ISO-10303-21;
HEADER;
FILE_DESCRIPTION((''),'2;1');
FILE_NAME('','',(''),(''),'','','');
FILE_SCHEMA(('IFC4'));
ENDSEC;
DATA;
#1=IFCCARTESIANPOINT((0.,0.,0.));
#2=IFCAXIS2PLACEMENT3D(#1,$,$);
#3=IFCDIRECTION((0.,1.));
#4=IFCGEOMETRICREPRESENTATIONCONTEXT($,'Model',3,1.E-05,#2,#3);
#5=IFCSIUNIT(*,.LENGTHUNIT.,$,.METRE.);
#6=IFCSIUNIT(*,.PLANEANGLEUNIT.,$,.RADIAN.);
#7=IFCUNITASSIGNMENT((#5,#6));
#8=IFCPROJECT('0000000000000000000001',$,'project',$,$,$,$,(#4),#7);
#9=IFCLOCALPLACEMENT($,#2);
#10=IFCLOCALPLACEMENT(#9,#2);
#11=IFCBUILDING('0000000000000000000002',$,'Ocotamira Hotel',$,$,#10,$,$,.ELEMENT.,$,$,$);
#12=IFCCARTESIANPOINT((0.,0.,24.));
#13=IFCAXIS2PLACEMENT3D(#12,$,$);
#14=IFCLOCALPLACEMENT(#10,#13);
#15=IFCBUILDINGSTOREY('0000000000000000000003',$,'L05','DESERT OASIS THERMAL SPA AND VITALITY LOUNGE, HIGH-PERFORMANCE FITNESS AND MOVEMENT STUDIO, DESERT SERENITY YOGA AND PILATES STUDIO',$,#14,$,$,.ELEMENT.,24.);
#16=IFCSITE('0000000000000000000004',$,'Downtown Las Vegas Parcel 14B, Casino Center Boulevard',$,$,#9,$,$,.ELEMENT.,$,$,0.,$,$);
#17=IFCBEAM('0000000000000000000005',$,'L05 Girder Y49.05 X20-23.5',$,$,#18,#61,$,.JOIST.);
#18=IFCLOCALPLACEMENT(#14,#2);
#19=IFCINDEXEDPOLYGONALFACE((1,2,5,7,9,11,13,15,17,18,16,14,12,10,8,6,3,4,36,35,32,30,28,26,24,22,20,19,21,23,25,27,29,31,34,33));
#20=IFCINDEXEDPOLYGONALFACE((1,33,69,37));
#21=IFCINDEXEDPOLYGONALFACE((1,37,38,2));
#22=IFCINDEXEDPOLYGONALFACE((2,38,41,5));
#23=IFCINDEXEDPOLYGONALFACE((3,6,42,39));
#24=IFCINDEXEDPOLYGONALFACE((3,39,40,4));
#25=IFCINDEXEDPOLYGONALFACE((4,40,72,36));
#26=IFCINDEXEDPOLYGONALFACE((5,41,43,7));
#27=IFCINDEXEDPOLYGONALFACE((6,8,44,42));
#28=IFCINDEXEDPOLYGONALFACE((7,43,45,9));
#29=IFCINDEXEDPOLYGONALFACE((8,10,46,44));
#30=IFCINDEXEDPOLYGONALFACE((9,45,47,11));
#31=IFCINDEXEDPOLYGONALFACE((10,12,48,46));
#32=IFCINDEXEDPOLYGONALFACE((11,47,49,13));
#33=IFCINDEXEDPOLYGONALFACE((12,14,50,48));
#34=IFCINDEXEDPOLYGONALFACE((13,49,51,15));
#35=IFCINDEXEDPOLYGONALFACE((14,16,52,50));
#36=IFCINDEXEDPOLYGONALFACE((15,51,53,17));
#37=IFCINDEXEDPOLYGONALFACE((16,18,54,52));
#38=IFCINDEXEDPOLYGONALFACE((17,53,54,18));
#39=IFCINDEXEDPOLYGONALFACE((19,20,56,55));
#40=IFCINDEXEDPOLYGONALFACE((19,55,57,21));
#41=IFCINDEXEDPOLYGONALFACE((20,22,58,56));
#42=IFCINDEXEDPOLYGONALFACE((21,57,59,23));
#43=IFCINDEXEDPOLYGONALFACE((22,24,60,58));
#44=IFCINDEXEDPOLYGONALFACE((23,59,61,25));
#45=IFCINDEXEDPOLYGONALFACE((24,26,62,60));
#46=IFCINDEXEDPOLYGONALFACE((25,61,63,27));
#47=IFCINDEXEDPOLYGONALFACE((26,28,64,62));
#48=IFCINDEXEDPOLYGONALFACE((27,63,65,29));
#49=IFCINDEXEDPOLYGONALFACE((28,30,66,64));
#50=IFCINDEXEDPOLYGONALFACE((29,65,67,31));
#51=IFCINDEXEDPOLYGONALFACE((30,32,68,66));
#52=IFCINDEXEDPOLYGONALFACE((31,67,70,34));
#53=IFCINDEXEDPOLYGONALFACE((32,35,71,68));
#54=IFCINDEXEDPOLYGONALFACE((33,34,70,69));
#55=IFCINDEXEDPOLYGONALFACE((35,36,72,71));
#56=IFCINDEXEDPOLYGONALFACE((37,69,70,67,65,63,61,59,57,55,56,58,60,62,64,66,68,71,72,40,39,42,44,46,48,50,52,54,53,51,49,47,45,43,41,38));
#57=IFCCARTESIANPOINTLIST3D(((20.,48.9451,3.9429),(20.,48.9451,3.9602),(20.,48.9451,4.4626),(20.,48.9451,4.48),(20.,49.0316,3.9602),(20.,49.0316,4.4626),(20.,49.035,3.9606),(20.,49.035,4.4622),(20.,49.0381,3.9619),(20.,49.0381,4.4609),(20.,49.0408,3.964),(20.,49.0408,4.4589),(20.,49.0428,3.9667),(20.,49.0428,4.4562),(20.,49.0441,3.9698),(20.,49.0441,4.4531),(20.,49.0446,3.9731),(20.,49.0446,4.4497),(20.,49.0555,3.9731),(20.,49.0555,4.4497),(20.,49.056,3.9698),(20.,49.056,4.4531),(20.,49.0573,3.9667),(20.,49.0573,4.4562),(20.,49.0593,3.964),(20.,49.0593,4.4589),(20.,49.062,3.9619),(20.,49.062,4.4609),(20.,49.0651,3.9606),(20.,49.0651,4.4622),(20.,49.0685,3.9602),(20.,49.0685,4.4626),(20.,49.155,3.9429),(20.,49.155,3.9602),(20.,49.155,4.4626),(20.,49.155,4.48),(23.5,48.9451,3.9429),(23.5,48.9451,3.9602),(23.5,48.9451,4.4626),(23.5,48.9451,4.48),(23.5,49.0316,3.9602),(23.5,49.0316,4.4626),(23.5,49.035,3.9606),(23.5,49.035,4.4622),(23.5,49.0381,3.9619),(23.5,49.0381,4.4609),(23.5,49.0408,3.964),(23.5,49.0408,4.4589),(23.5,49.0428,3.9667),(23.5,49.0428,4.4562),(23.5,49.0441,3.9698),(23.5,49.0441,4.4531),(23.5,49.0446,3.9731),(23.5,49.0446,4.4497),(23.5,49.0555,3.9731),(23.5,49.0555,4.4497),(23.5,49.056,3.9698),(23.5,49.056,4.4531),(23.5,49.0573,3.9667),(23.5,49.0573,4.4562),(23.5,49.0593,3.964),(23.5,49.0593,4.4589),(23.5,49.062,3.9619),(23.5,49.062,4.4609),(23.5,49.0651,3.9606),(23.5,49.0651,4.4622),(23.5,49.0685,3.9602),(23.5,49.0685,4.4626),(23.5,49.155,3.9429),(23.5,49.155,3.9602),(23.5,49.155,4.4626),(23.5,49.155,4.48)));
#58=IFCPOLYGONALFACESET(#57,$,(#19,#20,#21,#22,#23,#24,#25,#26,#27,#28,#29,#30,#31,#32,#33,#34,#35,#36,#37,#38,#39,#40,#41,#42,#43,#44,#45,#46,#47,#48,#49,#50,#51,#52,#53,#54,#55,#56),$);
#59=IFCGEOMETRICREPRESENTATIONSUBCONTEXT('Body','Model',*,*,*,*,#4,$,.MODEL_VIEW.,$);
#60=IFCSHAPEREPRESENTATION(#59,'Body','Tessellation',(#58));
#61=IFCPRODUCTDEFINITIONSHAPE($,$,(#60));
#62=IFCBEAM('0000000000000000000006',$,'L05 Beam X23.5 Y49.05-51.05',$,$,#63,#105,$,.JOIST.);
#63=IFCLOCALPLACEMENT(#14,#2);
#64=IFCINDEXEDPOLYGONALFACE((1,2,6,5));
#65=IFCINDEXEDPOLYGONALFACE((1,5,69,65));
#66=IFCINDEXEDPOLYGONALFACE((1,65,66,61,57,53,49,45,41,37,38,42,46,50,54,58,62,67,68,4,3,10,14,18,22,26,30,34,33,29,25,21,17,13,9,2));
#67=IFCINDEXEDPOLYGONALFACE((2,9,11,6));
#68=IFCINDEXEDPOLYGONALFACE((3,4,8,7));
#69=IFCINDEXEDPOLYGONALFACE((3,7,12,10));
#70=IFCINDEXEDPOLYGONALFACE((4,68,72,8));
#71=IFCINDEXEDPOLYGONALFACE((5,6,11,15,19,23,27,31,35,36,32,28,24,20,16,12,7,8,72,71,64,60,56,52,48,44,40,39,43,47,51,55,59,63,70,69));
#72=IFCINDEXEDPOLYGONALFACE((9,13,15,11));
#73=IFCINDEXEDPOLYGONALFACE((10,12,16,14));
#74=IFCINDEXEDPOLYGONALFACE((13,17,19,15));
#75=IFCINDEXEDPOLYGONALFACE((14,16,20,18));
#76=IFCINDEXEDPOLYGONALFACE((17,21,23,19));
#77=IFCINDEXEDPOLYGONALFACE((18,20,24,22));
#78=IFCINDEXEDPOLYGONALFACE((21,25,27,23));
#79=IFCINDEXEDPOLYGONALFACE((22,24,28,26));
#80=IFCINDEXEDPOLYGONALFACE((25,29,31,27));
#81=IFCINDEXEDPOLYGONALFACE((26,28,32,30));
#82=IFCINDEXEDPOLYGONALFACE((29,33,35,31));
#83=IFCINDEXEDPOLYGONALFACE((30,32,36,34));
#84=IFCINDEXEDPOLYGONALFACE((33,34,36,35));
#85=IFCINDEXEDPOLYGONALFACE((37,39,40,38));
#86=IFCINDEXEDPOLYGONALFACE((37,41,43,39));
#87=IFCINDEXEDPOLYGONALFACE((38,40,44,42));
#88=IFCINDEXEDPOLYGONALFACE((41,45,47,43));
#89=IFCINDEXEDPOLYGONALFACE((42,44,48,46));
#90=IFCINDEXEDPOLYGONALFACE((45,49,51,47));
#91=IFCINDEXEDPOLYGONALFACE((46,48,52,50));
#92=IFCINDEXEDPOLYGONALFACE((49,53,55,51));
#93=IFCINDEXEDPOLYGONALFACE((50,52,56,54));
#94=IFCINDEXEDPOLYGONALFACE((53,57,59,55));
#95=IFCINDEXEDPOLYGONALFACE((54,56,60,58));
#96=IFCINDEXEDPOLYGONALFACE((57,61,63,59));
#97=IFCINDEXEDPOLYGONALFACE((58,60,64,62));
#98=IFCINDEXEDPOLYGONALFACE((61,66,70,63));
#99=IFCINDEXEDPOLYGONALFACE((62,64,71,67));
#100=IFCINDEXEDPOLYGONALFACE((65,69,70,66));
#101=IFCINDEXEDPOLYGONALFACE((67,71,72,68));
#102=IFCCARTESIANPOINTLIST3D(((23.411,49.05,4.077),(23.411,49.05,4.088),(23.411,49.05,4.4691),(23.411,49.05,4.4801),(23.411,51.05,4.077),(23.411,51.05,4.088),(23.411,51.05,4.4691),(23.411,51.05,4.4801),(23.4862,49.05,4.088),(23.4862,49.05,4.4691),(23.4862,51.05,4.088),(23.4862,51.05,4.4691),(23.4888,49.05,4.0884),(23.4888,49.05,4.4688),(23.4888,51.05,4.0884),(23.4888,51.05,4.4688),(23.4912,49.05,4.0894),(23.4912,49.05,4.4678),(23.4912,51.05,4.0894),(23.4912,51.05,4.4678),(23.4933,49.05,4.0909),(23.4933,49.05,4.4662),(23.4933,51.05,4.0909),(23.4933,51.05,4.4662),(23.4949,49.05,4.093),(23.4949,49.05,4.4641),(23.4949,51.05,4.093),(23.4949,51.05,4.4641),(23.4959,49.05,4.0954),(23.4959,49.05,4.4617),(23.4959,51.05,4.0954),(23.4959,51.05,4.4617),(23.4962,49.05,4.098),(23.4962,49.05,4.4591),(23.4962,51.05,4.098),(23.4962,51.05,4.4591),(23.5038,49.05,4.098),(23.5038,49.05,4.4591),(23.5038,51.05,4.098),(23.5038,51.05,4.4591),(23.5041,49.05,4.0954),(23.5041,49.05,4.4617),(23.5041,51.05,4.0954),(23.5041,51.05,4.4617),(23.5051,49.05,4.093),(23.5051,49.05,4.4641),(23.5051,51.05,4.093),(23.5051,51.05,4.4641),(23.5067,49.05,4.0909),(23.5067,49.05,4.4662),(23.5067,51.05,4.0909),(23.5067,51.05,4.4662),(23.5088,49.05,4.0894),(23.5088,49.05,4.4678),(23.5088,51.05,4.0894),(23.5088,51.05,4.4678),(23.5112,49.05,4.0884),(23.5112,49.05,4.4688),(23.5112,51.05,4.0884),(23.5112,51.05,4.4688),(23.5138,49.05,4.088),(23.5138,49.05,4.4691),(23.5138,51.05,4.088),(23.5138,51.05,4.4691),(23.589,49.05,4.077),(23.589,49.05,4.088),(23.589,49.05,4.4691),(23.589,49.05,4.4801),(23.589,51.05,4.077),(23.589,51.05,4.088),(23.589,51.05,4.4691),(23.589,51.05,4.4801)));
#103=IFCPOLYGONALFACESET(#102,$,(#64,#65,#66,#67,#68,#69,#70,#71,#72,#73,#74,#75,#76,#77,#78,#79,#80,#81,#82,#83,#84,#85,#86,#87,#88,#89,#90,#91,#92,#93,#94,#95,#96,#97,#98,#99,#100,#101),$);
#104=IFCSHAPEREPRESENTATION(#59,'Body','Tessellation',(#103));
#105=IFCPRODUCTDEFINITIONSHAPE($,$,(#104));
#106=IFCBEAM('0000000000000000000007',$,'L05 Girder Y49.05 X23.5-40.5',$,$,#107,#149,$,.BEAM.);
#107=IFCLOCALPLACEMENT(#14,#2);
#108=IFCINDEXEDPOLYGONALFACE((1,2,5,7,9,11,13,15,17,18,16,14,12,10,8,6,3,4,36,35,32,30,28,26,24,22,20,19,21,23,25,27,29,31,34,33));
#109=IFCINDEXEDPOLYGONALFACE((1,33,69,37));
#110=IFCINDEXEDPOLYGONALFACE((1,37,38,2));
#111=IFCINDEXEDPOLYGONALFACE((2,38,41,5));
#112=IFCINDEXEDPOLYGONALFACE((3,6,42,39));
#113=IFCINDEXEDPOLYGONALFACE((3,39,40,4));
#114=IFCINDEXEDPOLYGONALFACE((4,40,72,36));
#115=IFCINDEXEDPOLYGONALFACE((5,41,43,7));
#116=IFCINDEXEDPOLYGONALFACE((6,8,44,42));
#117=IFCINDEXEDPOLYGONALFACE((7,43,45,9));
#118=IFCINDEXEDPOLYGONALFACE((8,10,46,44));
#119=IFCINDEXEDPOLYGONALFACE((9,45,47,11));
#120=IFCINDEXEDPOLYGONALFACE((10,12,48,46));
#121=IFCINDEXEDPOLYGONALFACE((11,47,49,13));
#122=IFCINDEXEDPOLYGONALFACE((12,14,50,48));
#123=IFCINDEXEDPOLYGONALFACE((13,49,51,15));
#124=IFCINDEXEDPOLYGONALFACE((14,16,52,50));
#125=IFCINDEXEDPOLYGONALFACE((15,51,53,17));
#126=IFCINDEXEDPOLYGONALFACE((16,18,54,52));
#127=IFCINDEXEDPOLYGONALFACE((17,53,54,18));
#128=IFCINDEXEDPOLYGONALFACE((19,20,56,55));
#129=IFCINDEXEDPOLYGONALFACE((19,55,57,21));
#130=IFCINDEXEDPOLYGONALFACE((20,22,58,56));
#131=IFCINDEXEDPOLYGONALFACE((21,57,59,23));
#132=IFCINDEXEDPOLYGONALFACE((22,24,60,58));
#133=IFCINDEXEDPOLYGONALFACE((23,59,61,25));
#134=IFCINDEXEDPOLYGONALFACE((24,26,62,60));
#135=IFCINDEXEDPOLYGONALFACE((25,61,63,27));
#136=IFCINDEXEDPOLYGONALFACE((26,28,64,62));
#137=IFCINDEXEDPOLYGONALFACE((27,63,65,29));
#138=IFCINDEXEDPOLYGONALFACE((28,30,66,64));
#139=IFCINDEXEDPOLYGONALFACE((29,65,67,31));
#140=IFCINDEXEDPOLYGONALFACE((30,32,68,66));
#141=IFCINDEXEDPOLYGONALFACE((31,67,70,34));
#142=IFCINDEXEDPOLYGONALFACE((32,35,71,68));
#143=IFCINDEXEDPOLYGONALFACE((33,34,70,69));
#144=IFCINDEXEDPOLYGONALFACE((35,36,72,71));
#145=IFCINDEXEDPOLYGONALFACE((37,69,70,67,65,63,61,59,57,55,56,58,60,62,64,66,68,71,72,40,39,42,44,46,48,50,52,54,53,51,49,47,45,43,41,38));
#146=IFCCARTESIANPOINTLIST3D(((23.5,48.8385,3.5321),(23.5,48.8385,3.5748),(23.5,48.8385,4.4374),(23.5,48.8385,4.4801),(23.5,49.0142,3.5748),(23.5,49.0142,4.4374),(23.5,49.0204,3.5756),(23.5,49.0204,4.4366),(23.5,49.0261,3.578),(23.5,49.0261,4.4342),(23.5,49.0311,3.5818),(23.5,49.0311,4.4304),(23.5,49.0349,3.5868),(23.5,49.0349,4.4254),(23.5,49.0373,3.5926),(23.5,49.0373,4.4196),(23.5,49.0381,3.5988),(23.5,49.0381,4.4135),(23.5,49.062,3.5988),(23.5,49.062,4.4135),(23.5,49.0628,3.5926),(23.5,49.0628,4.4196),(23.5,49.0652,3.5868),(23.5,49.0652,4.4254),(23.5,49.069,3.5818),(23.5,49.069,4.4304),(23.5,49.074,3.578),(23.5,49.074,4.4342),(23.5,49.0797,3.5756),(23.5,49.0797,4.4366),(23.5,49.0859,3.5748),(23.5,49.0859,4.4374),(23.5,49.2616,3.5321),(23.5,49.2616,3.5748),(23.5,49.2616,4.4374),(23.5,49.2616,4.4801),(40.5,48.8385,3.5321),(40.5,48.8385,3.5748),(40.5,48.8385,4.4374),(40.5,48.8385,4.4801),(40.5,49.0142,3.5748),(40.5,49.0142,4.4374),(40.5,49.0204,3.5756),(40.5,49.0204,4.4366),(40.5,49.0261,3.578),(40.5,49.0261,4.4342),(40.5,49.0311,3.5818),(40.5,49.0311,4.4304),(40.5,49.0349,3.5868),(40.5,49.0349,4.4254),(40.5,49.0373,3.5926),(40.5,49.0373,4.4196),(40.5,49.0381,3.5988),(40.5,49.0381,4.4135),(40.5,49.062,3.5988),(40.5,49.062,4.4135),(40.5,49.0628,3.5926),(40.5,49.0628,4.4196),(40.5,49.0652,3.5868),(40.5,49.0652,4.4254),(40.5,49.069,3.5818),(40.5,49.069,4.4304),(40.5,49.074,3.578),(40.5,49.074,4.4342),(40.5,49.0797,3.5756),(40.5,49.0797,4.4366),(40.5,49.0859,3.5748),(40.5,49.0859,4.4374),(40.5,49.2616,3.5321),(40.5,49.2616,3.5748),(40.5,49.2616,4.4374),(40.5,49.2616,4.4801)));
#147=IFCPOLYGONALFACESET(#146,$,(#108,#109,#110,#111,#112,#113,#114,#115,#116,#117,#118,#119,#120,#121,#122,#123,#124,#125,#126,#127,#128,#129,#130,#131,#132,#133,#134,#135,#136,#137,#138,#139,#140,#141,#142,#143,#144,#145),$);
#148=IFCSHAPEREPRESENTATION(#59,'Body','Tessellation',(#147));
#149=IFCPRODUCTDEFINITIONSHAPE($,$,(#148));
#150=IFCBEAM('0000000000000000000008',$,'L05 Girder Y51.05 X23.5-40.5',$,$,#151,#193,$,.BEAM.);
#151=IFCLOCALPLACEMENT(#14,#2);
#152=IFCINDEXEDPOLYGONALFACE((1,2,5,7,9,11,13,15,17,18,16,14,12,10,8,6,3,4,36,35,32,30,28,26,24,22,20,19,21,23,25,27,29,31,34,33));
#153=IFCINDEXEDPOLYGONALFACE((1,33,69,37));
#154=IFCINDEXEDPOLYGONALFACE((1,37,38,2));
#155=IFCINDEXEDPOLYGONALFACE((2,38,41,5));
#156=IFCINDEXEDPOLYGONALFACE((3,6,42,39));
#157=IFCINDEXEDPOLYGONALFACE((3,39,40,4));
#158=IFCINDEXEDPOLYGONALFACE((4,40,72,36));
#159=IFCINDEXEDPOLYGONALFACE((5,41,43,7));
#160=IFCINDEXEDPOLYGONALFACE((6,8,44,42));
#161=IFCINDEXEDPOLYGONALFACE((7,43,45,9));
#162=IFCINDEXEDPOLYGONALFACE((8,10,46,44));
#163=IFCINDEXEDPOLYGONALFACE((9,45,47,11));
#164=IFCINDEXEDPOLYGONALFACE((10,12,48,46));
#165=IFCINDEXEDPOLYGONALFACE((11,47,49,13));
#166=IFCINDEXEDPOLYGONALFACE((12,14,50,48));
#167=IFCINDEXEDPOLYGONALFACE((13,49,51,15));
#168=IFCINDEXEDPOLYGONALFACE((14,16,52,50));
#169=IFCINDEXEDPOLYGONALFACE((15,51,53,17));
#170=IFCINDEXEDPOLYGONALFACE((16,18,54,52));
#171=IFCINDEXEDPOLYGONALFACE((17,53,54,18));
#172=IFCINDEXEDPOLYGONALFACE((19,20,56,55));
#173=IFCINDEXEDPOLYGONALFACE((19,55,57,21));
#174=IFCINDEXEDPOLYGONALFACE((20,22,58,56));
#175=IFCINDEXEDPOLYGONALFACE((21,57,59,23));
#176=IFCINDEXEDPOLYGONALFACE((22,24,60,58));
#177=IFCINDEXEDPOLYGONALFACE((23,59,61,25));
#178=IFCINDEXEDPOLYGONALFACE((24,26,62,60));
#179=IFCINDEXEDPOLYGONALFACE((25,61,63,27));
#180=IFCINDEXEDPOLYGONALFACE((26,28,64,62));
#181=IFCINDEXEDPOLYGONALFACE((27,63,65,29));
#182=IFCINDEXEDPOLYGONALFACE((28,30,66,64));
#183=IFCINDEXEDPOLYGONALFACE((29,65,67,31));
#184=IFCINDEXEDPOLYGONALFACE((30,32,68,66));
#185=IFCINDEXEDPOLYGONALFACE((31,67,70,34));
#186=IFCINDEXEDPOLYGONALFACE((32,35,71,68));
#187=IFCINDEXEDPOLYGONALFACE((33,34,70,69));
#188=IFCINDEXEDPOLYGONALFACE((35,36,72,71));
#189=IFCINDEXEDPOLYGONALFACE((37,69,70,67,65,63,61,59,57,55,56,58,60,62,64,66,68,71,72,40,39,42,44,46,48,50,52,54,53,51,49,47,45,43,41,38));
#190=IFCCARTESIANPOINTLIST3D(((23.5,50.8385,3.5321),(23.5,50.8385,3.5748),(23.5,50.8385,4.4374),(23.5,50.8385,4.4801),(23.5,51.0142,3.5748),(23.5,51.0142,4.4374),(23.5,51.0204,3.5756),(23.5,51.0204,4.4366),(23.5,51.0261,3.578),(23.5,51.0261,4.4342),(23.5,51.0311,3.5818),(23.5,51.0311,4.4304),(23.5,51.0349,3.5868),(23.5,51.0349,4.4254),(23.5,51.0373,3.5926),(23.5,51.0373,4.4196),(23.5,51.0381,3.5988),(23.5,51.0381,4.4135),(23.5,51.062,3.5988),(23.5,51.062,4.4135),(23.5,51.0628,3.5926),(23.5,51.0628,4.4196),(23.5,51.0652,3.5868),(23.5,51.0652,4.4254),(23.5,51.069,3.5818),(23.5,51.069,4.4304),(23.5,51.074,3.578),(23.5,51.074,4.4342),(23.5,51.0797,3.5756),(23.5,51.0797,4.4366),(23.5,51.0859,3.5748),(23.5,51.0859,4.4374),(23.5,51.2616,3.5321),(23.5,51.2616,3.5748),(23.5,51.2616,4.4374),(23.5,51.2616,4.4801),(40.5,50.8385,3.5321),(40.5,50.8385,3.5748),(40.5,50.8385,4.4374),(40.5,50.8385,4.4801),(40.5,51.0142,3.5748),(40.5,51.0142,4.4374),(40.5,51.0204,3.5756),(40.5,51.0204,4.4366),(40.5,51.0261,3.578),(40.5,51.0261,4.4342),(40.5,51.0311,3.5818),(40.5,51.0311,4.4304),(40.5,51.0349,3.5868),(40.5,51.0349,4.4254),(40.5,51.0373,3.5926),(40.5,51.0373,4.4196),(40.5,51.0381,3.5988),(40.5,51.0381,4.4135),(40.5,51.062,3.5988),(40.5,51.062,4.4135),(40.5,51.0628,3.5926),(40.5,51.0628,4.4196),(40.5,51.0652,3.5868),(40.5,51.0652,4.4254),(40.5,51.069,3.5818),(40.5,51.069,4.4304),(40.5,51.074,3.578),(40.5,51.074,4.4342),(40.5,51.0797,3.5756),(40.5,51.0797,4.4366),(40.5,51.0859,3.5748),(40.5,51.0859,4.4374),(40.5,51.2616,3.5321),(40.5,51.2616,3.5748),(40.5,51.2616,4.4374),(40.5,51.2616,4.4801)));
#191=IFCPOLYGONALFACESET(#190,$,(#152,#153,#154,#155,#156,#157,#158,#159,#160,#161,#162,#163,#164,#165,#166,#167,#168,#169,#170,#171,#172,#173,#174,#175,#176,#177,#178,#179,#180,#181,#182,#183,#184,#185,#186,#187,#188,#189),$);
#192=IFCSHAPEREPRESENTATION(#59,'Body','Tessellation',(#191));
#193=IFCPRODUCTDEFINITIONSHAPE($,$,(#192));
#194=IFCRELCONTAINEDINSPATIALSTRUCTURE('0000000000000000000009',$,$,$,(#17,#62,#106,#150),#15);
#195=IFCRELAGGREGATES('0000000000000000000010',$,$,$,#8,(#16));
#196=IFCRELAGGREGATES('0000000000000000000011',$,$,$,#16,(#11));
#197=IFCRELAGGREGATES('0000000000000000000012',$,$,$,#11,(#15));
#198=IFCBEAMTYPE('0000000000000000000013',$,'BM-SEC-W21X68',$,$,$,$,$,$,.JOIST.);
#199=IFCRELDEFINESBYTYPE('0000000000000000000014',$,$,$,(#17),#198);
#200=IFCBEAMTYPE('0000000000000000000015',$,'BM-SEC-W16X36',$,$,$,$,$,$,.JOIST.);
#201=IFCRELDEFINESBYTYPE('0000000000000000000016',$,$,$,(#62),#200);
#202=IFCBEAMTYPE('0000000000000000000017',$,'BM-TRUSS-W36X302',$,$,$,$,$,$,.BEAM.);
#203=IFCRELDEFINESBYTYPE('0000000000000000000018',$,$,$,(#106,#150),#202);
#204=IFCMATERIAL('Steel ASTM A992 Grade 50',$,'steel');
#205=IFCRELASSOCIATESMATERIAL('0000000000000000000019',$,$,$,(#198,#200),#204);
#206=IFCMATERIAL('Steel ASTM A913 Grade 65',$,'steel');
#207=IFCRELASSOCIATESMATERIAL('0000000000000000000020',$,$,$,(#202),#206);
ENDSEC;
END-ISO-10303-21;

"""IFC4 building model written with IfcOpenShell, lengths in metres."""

from ifc_helpers import new_model, si_unit, direction, frame, origin, origin_2d, place, context, subcontext, project, spatial, i_section, extrude, source, transform, mapped, material, material_profile, profile_set, type_object, element, save


model = new_model("IFC4")

# Units and contexts
model_context = context("Model", 3, precision=1e-05, world=origin(), true_north=direction((0.0, 1.0)))
body_context = subcontext(model_context, "Body", "Model", "MODEL_VIEW")
ifc_project = project(units=[si_unit("LENGTHUNIT", "METRE"), si_unit("PLANEANGLEUNIT", "RADIAN")], contexts=[model_context])

# Site, building, storey
site_placement = place(None, origin())
site = spatial("IfcSite", under=ifc_project, at=site_placement, Name="Downtown Las Vegas Parcel 14B, Casino Center Boulevard", CompositionType="ELEMENT", RefElevation=0.0)
building_placement = place(site_placement, origin())
building = spatial("IfcBuilding", under=site, at=building_placement, Name="Ocotamira Hotel", CompositionType="ELEMENT")
storey_placement = place(building_placement, frame((0.0, 0.0, 24.0)))
storey = spatial("IfcBuildingStorey", under=building, at=storey_placement, Name="L05", Description="DESERT OASIS THERMAL SPA AND VITALITY LOUNGE, HIGH-PERFORMANCE FITNESS AND MOVEMENT STUDIO, DESERT SERENITY YOGA AND PILATES STUDIO", CompositionType="ELEMENT", Elevation=24.0)

# Beams
ifc_material_1 = material(Name="Steel ASTM A992 Grade 50", Category="steel")
ifc_material_profile_1 = material_profile(ifc_material_1, i_section(OverallWidth=0.21, OverallDepth=0.5371, WebThickness=0.011, FlangeThickness=0.0173, FilletRadius=0.0129, at=origin_2d()), Name="W21X68")
ifc_profile_set_1 = profile_set([ifc_material_profile_1], Name="Steel ASTM A992 Grade 50")
beam_type_1 = type_object("IfcBeamType", Name="BM-SEC-W21X68", PredefinedType="JOIST", material=ifc_profile_set_1)
shared_shape_1 = source(origin(), body_context, "Body", "SweptSolid", [
    extrude(i_section(OverallWidth=0.21, OverallDepth=0.5371, WebThickness=0.011, FlangeThickness=0.0173, FilletRadius=0.0129, at=origin_2d()), origin(), (0.0, 0.0, 1.0), 3.5),
])
beam_1_placement = place(storey_placement, frame((20.0, 49.05, 4.2114), z_axis=(1.0, 0.0, 0.0), x_axis=(0.0, 1.0, 0.0)))
element("IfcBeam", 1, at=beam_1_placement, inside=storey, type_object=beam_type_1, Name="L05 Girder Y49.05 X20-23.5", PredefinedType="JOIST", context=body_context, shape_type="MappedRepresentation", body=[
    mapped(shared_shape_1, transform((0.0, 0.0, 0.0), scale=1.0)),
])
ifc_material_profile_2 = material_profile(ifc_material_1, i_section(OverallWidth=0.178, OverallDepth=0.4031, WebThickness=0.0076, FlangeThickness=0.011, FilletRadius=0.01, at=origin_2d()), Name="W16X36")
ifc_profile_set_2 = profile_set([ifc_material_profile_2], Name="Steel ASTM A992 Grade 50")
beam_type_2 = type_object("IfcBeamType", Name="BM-SEC-W16X36", PredefinedType="JOIST", material=ifc_profile_set_2)
shared_shape_2 = source(origin(), body_context, "Body", "SweptSolid", [
    extrude(i_section(OverallWidth=0.178, OverallDepth=0.4031, WebThickness=0.0076, FlangeThickness=0.011, FilletRadius=0.01, at=origin_2d()), origin(), (0.0, 0.0, 1.0), 2.0),
])
beam_2_placement = place(storey_placement, frame((23.5, 49.05, 4.2786), z_axis=(0.0, 1.0, 0.0), x_axis=(-1.0, 0.0, 0.0)))
element("IfcBeam", 2, at=beam_2_placement, inside=storey, type_object=beam_type_2, Name="L05 Beam X23.5 Y49.05-51.05", PredefinedType="JOIST", context=body_context, shape_type="MappedRepresentation", body=[
    mapped(shared_shape_2, transform((0.0, 0.0, 0.0), scale=1.0)),
])
ifc_material_2 = material(Name="Steel ASTM A913 Grade 65", Category="steel")
ifc_material_profile_3 = material_profile(ifc_material_2, i_section(OverallWidth=0.4231, OverallDepth=0.948, WebThickness=0.0239, FlangeThickness=0.0427, FilletRadius=0.0239, at=origin_2d()), Name="W36X302")
ifc_profile_set_3 = profile_set([ifc_material_profile_3], Name="Steel ASTM A913 Grade 65")
beam_type_3 = type_object("IfcBeamType", Name="BM-TRUSS-W36X302", PredefinedType="BEAM", material=ifc_profile_set_3)
shared_shape_3 = source(origin(), body_context, "Body", "SweptSolid", [
    extrude(i_section(OverallWidth=0.4231, OverallDepth=0.948, WebThickness=0.0239, FlangeThickness=0.0427, FilletRadius=0.0239, at=origin_2d()), origin(), (0.0, 0.0, 1.0), 17.0),
])
for number, where, z_axis, x_axis, name in (
    (3, (23.5, 49.05, 4.0061), (1.0, 0.0, 0.0), (0.0, 1.0, 0.0), "L05 Girder Y49.05 X23.5-40.5"),
    (4, (23.5, 51.05, 4.0061), (1.0, 0.0, 0.0), (0.0, 1.0, 0.0), "L05 Girder Y51.05 X23.5-40.5"),
):
    element("IfcBeam", number, at=place(storey_placement, frame(where, z_axis=z_axis, x_axis=x_axis)), inside=storey, type_object=beam_type_3, Name=name, PredefinedType="BEAM", context=body_context, shape_type="MappedRepresentation", body=[
        mapped(shared_shape_3, transform((0.0, 0.0, 0.0), scale=1.0)),
    ])

save(model, "model.ifc")
